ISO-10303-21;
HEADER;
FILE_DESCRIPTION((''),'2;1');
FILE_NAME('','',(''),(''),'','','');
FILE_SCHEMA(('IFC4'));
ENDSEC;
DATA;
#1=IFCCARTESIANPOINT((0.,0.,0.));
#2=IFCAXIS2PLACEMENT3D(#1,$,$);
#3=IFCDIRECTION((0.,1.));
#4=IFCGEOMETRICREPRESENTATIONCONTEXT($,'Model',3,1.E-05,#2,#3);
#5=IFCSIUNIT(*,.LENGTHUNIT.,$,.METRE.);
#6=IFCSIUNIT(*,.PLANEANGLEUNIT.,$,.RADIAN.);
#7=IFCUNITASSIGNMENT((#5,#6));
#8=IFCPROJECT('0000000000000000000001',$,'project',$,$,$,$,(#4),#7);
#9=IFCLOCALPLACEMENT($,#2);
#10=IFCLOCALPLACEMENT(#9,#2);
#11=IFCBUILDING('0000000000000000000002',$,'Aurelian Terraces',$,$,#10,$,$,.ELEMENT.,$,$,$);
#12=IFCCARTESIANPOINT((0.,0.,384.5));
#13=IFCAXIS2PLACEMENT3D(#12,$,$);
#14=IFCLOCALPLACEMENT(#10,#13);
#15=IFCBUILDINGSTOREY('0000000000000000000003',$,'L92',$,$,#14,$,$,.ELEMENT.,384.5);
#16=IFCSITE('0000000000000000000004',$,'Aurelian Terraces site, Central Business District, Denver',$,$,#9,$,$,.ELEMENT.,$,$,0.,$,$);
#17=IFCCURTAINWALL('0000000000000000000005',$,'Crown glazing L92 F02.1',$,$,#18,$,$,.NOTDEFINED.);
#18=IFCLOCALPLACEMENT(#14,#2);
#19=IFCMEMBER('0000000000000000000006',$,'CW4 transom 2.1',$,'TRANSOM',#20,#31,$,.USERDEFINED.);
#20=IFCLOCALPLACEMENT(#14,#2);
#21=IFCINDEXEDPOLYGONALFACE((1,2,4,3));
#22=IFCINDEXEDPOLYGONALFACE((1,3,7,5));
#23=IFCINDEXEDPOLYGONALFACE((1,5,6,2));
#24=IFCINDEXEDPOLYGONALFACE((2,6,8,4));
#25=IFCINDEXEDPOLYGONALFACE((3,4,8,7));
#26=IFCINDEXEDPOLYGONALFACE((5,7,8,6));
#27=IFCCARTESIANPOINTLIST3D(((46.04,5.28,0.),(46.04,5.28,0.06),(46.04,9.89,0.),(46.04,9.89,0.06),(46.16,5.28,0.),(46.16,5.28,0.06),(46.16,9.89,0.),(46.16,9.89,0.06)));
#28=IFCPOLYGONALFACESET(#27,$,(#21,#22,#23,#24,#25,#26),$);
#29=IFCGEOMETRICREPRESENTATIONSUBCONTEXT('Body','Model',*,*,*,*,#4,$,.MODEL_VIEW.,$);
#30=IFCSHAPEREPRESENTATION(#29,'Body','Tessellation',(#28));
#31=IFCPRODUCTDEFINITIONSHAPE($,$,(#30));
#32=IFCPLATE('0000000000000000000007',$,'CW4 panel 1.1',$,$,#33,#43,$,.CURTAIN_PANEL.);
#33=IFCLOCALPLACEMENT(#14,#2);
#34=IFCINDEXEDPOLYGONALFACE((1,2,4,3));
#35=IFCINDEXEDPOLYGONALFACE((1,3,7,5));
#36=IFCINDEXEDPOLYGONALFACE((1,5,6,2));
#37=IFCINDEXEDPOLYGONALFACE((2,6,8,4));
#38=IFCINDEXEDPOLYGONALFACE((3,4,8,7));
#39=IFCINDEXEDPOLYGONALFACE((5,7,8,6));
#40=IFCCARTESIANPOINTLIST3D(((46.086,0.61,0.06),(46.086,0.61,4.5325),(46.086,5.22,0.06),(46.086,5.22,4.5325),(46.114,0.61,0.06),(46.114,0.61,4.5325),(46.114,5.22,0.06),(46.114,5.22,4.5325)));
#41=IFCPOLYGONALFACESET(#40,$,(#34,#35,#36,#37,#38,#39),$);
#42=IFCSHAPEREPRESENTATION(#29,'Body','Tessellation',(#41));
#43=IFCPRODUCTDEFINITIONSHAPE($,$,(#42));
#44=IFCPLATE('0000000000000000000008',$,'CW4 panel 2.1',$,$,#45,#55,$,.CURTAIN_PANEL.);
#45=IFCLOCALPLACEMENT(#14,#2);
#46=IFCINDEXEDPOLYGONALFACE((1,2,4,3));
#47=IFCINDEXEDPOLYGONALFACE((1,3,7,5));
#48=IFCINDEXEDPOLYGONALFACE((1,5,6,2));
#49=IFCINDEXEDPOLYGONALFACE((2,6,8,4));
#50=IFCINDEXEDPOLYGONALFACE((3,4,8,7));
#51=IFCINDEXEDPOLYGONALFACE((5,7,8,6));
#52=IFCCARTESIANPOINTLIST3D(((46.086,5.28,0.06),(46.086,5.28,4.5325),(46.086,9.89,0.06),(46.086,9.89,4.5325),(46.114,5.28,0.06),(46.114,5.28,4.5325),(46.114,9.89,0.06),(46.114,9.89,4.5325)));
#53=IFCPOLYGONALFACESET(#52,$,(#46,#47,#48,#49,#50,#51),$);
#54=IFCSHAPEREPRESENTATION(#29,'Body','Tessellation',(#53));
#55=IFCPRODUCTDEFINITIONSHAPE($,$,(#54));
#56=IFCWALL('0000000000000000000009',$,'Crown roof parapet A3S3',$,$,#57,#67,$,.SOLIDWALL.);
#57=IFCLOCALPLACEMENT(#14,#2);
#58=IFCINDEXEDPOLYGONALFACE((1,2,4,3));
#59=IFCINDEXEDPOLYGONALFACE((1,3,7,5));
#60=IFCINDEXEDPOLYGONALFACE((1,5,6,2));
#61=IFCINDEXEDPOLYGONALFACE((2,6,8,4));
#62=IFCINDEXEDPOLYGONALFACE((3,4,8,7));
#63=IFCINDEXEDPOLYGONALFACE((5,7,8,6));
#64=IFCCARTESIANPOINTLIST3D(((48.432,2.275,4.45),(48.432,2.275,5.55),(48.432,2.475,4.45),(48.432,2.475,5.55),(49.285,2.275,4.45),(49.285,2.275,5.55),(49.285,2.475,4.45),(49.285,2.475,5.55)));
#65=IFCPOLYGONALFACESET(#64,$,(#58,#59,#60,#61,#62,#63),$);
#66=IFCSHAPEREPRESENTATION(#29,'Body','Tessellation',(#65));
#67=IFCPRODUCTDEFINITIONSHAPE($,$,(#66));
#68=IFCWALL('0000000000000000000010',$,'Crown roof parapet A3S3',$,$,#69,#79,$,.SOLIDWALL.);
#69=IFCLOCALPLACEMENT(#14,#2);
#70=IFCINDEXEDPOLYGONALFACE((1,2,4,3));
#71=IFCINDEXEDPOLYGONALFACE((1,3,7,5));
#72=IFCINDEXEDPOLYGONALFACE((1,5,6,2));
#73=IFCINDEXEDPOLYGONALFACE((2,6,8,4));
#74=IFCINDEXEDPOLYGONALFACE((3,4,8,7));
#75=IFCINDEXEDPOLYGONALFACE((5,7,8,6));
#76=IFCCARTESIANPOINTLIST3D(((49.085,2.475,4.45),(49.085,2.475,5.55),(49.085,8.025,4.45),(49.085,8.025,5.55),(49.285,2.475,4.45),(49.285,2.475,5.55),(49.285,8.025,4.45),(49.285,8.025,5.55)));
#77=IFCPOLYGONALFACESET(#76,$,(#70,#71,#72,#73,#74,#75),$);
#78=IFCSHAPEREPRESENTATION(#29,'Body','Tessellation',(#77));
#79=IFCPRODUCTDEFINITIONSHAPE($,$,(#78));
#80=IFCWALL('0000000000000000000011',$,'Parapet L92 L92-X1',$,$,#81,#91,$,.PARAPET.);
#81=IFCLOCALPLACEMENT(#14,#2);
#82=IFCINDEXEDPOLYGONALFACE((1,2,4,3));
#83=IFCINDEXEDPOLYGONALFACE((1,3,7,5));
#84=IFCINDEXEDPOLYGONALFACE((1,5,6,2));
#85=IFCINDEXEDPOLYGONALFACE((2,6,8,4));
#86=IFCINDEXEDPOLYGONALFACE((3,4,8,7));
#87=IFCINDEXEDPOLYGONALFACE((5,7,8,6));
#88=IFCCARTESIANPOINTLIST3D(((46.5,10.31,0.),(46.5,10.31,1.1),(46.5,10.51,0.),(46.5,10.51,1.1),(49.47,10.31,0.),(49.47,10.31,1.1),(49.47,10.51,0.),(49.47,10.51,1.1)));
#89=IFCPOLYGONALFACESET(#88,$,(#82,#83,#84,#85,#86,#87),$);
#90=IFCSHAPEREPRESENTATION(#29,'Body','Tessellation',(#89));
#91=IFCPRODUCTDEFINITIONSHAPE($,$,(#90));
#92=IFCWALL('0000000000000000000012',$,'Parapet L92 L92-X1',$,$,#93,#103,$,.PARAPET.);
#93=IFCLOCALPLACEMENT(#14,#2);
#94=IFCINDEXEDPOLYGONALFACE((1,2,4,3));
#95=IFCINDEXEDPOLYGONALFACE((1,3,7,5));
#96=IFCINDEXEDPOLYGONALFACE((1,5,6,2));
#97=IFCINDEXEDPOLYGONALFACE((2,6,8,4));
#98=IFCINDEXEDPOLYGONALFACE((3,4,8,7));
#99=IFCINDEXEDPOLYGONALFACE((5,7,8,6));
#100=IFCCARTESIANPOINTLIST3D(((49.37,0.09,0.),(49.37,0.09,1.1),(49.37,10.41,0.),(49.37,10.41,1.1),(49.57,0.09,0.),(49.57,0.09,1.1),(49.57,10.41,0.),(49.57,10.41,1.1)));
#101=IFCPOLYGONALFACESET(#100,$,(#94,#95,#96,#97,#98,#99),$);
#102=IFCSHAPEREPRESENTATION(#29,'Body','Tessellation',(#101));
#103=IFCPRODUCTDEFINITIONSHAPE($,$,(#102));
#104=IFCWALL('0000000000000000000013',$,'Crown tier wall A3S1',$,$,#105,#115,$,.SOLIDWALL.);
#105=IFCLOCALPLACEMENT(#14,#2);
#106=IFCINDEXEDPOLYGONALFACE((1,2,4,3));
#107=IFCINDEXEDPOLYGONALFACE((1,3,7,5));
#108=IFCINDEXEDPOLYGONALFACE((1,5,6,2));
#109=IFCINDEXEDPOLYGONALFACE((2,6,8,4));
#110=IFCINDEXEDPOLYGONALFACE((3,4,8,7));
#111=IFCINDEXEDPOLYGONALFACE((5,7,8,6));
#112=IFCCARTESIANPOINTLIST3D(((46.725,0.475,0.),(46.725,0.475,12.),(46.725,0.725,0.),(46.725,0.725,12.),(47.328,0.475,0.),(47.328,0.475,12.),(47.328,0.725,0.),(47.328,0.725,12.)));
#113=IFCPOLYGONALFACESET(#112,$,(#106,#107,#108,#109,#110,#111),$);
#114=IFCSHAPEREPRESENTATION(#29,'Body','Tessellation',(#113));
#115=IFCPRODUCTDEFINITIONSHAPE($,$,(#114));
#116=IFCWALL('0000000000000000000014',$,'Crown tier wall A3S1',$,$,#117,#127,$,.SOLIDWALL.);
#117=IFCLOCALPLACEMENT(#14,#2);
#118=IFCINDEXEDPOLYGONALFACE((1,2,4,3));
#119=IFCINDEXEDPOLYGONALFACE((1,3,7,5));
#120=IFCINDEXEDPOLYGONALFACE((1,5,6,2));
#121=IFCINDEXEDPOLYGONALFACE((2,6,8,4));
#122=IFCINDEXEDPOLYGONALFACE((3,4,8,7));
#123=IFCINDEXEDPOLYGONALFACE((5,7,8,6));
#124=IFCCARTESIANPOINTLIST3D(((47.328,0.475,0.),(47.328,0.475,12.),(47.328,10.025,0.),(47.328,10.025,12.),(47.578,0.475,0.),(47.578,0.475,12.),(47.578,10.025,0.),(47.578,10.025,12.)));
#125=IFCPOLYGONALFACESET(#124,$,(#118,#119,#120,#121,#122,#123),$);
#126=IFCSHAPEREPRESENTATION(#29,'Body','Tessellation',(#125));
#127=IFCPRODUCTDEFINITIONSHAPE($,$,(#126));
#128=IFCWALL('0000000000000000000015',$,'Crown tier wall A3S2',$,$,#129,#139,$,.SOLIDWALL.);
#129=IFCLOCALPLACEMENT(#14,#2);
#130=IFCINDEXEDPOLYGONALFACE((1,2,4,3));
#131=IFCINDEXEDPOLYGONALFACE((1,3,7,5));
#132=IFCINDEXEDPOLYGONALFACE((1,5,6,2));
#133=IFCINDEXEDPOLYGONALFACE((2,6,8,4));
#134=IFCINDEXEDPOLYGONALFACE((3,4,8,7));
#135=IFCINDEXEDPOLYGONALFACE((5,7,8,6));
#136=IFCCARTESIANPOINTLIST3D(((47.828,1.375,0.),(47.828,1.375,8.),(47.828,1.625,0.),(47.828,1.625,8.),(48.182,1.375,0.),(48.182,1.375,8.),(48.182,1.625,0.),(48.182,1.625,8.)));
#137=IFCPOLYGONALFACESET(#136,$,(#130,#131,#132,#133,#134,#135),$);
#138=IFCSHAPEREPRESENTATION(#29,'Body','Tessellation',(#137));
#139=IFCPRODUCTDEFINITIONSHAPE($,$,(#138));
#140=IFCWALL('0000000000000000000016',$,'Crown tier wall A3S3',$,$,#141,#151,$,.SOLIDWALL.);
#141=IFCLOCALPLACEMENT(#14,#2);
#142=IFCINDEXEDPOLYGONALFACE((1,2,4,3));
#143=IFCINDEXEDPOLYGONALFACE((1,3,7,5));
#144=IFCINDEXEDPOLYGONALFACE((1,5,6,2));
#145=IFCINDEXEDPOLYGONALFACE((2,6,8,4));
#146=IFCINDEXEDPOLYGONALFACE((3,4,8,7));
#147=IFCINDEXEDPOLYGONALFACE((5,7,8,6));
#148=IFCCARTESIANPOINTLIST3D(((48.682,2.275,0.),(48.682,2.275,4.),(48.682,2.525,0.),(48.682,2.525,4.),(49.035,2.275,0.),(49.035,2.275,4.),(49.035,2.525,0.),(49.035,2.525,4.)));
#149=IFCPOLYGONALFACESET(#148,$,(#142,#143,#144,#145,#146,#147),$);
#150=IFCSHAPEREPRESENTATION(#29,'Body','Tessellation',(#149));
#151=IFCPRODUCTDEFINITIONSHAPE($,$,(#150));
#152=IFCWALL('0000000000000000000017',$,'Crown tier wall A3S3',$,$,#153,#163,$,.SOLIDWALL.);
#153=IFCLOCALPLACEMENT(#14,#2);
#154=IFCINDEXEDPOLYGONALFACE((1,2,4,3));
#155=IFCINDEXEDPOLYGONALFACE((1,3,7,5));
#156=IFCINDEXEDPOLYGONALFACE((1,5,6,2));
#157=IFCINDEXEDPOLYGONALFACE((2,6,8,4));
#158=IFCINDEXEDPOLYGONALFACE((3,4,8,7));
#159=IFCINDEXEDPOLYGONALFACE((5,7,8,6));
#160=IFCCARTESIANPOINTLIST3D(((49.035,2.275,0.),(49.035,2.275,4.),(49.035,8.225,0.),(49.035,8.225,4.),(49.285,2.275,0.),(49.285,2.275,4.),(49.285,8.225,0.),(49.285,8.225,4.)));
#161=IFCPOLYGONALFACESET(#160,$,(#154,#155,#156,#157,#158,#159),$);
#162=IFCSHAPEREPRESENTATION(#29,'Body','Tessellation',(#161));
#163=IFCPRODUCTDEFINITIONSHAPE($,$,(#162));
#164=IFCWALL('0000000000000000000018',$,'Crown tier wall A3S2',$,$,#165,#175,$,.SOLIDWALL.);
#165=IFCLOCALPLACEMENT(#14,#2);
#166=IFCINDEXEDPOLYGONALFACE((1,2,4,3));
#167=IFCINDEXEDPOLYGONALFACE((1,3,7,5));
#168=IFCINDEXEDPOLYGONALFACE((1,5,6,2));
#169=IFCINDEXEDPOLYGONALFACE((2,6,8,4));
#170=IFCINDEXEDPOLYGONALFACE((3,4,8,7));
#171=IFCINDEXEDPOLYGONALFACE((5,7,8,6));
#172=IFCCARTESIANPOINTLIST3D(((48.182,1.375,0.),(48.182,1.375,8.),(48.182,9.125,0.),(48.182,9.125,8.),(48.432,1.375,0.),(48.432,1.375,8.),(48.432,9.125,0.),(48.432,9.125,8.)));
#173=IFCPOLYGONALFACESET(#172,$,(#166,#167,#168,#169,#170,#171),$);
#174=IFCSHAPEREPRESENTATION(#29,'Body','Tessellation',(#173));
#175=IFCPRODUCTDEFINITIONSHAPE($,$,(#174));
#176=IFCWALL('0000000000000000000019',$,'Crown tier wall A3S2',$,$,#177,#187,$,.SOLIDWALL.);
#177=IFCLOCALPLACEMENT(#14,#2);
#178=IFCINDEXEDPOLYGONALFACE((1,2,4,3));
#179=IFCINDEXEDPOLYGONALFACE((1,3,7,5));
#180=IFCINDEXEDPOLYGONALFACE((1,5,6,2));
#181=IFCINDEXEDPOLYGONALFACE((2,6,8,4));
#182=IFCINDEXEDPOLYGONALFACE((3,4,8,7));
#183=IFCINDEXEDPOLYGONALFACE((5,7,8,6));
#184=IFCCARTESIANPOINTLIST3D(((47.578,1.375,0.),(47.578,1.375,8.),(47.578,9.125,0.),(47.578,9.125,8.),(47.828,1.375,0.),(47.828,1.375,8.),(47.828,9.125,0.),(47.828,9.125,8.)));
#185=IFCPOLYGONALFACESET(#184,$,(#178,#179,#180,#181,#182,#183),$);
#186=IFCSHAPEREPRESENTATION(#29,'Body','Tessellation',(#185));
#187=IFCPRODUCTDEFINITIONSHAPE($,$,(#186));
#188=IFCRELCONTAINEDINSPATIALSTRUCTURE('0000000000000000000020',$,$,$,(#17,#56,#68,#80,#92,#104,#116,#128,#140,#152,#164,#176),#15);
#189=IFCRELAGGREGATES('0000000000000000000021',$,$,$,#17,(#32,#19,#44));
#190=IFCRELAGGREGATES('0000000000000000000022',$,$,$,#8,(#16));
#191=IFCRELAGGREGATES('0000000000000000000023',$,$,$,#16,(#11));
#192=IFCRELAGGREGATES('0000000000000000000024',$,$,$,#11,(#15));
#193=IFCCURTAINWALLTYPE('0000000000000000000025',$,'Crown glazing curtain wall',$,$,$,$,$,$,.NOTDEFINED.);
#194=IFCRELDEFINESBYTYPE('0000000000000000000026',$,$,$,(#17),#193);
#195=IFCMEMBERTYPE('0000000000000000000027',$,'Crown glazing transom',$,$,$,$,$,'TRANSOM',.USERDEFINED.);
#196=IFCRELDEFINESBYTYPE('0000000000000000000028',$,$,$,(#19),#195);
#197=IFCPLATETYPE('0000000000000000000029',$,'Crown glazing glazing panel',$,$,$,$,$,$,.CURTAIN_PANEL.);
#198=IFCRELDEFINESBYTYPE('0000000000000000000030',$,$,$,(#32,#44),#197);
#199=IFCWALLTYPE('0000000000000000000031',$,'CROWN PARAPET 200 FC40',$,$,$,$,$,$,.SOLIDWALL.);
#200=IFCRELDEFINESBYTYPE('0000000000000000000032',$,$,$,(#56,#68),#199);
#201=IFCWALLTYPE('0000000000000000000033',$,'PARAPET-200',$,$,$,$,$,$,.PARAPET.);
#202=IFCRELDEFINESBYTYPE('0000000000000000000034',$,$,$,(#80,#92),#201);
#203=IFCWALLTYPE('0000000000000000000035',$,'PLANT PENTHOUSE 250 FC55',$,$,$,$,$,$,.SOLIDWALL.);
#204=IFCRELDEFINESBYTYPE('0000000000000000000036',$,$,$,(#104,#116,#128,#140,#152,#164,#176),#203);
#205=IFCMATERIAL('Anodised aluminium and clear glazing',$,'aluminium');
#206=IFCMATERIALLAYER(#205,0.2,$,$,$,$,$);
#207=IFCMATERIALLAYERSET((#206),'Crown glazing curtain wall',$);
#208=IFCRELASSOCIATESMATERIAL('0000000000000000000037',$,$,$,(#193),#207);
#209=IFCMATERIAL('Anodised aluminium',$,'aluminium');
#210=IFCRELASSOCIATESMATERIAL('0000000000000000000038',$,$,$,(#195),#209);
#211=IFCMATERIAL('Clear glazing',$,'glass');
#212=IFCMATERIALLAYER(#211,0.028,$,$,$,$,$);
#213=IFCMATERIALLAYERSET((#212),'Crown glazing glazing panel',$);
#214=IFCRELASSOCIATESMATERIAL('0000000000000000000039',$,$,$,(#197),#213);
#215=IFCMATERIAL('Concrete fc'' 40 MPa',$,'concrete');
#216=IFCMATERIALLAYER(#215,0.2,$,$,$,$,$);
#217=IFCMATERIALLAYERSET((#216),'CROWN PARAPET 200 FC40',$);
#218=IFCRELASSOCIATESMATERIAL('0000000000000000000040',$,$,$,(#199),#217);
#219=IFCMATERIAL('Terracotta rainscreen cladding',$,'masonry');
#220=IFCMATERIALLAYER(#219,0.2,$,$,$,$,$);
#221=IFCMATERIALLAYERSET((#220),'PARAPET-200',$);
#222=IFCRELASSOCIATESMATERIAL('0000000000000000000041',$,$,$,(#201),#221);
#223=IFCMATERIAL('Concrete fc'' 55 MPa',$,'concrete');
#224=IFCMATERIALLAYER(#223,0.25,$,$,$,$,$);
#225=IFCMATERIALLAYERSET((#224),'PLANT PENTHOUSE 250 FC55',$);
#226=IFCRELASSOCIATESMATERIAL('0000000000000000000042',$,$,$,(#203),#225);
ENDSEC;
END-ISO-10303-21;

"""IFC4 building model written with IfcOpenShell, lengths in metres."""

from ifc_helpers import new_model, si_unit, direction, frame, frame_2d, origin, origin_2d, place, context, subcontext, project, spatial, rectangle, extrude, source, transform, mapped, material, layer, layer_set, material_profile, profile_set, type_object, element, aggregate, save


model = new_model("IFC4")

# Units and contexts
model_context = context("Model", 3, precision=1e-05, world=origin(), true_north=direction((0.0, 1.0)))
body_context = subcontext(model_context, "Body", "Model", "MODEL_VIEW")
ifc_project = project(units=[si_unit("LENGTHUNIT", "METRE"), si_unit("PLANEANGLEUNIT", "RADIAN")], contexts=[model_context])

# Site, building, storey
site_placement = place(None, origin())
site = spatial("IfcSite", under=ifc_project, at=site_placement, Name="Aurelian Terraces site, Central Business District, Denver", CompositionType="ELEMENT", RefElevation=0.0)
building_placement = place(site_placement, origin())
building = spatial("IfcBuilding", under=site, at=building_placement, Name="Aurelian Terraces", CompositionType="ELEMENT")
storey_placement = place(building_placement, frame((0.0, 0.0, 384.5)))
storey = spatial("IfcBuildingStorey", under=building, at=storey_placement, Name="L92", CompositionType="ELEMENT", Elevation=384.5)

# Curtain wall, member, plates
ifc_material_1 = material(Name="Anodised aluminium and clear glazing", Category="aluminium")
ifc_layer_1 = layer(ifc_material_1, 0.2)
ifc_layer_set_1 = layer_set([ifc_layer_1], Name="Crown glazing curtain wall")
curtain_wall_type = type_object("IfcCurtainWallType", Name="Crown glazing curtain wall", PredefinedType="NOTDEFINED", material=ifc_layer_set_1)
curtain_wall_placement = place(storey_placement, origin())
curtain_wall = element("IfcCurtainWall", 1, at=curtain_wall_placement, inside=storey, type_object=curtain_wall_type, Name="Crown glazing L92 F02.1", PredefinedType="NOTDEFINED")
ifc_material_2 = material(Name="Anodised aluminium", Category="aluminium")
ifc_material_profile = material_profile(ifc_material_2, rectangle(XDim=0.12, YDim=0.06, at=origin_2d()))
ifc_profile_set = profile_set([ifc_material_profile], Name="Anodised aluminium")
member_type = type_object("IfcMemberType", Name="Crown glazing transom", ElementType="TRANSOM", PredefinedType="USERDEFINED", material=ifc_profile_set)
shared_shape_1 = source(origin(), body_context, "Body", "SweptSolid", [
    extrude(rectangle(XDim=0.12, YDim=0.06, at=origin_2d()), origin(), (0.0, 0.0, 1.0), 4.61),
])
member_placement = place(storey_placement, frame((46.1, 5.28, 0.03), z_axis=(0.0, 1.0, 0.0), x_axis=(-1.0, 0.0, 0.0)))
member = element("IfcMember", 2, at=member_placement, type_object=member_type, Name="CW4 transom 2.1", ObjectType="TRANSOM", PredefinedType="USERDEFINED", context=body_context, shape_type="MappedRepresentation", body=[
    mapped(shared_shape_1, transform((0.0, 0.0, 0.0), scale=1.0)),
])
ifc_material_3 = material(Name="Clear glazing", Category="glass")
ifc_layer_2 = layer(ifc_material_3, 0.028)
ifc_layer_set_2 = layer_set([ifc_layer_2], Name="Crown glazing glazing panel")
plate_type = type_object("IfcPlateType", Name="Crown glazing glazing panel", PredefinedType="CURTAIN_PANEL", material=ifc_layer_set_2)
plate_1_placement = place(storey_placement, frame((46.1, 2.915, 0.06), z_axis=(0.0, 0.0, 1.0), x_axis=(0.0, 1.0, 0.0)))
plate_1 = element("IfcPlate", 3, at=plate_1_placement, type_object=plate_type, Name="CW4 panel 1.1", PredefinedType="CURTAIN_PANEL", context=body_context, shape_type="SweptSolid", body=[
    extrude(rectangle(XDim=4.61, YDim=0.028, at=origin_2d()), origin(), (0.0, 0.0, 1.0), 4.4725),
])
shared_shape_2 = source(origin(), body_context, "Body", "SweptSolid", [
    extrude(rectangle(XDim=4.61, YDim=0.028, at=origin_2d()), origin(), (0.0, 0.0, 1.0), 4.4725),
])
plate_2_placement = place(storey_placement, frame((46.1, 7.585, 0.06), z_axis=(0.0, 0.0, 1.0), x_axis=(0.0, 1.0, 0.0)))
plate_2 = element("IfcPlate", 4, at=plate_2_placement, type_object=plate_type, Name="CW4 panel 2.1", PredefinedType="CURTAIN_PANEL", context=body_context, shape_type="MappedRepresentation", body=[
    mapped(shared_shape_2, transform((0.0, 0.0, 0.0), scale=1.0)),
])
aggregate(curtain_wall, [plate_1, member, plate_2])

# Walls
ifc_material_4 = material(Name="Concrete fc' 40 MPa", Category="concrete")
ifc_layer_3 = layer(ifc_material_4, 0.2)
ifc_layer_set_3 = layer_set([ifc_layer_3], Name="CROWN PARAPET 200 FC40")
wall_type_1 = type_object("IfcWallType", Name="CROWN PARAPET 200 FC40", PredefinedType="SOLIDWALL", material=ifc_layer_set_3)
wall_1_placement = place(storey_placement, frame((48.432, 2.375, 4.45), z_axis=(0.0, 0.0, 1.0), x_axis=(1.0, 0.0, 0.0)))
element("IfcWall", 5, at=wall_1_placement, inside=storey, type_object=wall_type_1, Name="Crown roof parapet A3S3", PredefinedType="SOLIDWALL", context=body_context, shape_type="SweptSolid", body=[
    extrude(rectangle(XDim=0.853, YDim=0.2, at=frame_2d((0.4265, 0.0))), origin(), (0.0, 0.0, 1.0), 1.1),
])
wall_2_placement = place(storey_placement, frame((49.185, 2.475, 4.45), z_axis=(0.0, 0.0, 1.0), x_axis=(0.0, 1.0, 0.0)))
element("IfcWall", 6, at=wall_2_placement, inside=storey, type_object=wall_type_1, Name="Crown roof parapet A3S3", PredefinedType="SOLIDWALL", context=body_context, shape_type="SweptSolid", body=[
    extrude(rectangle(XDim=5.55, YDim=0.2, at=frame_2d((2.775, 0.0))), origin(), (0.0, 0.0, 1.0), 1.1),
])
ifc_material_5 = material(Name="Terracotta rainscreen cladding", Category="masonry")
ifc_layer_4 = layer(ifc_material_5, 0.2)
ifc_layer_set_4 = layer_set([ifc_layer_4], Name="PARAPET-200")
wall_type_2 = type_object("IfcWallType", Name="PARAPET-200", PredefinedType="PARAPET", material=ifc_layer_set_4)
wall_3_placement = place(storey_placement, frame((46.5, 10.41, 0.0), z_axis=(0.0, 0.0, 1.0), x_axis=(1.0, 0.0, 0.0)))
element("IfcWall", 7, at=wall_3_placement, inside=storey, type_object=wall_type_2, Name="Parapet L92 L92-X1", PredefinedType="PARAPET", context=body_context, shape_type="SweptSolid", body=[
    extrude(rectangle(XDim=2.97, YDim=0.2, at=frame_2d((1.485, 0.0))), origin(), (0.0, 0.0, 1.0), 1.1),
])
wall_4_placement = place(storey_placement, frame((49.47, 10.41, 0.0), z_axis=(0.0, 0.0, 1.0), x_axis=(0.0, -1.0, 0.0)))
element("IfcWall", 8, at=wall_4_placement, inside=storey, type_object=wall_type_2, Name="Parapet L92 L92-X1", PredefinedType="PARAPET", context=body_context, shape_type="SweptSolid", body=[
    extrude(rectangle(XDim=10.32, YDim=0.2, at=frame_2d((5.16, 0.0))), origin(), (0.0, 0.0, 1.0), 1.1),
])
ifc_material_6 = material(Name="Concrete fc' 55 MPa", Category="concrete")
ifc_layer_5 = layer(ifc_material_6, 0.25)
ifc_layer_set_5 = layer_set([ifc_layer_5], Name="PLANT PENTHOUSE 250 FC55")
wall_type_3 = type_object("IfcWallType", Name="PLANT PENTHOUSE 250 FC55", PredefinedType="SOLIDWALL", material=ifc_layer_set_5)
wall_5_placement = place(storey_placement, frame((46.725, 0.6, 0.0), z_axis=(0.0, 0.0, 1.0), x_axis=(1.0, 0.0, 0.0)))
element("IfcWall", 9, at=wall_5_placement, inside=storey, type_object=wall_type_3, Name="Crown tier wall A3S1", PredefinedType="SOLIDWALL", context=body_context, shape_type="SweptSolid", body=[
    extrude(rectangle(XDim=0.603, YDim=0.25, at=frame_2d((0.3015, 0.0))), origin(), (0.0, 0.0, 1.0), 12.0),
])
wall_6_placement = place(storey_placement, frame((47.453, 0.475, 0.0), z_axis=(0.0, 0.0, 1.0), x_axis=(0.0, 1.0, 0.0)))
element("IfcWall", 10, at=wall_6_placement, inside=storey, type_object=wall_type_3, Name="Crown tier wall A3S1", PredefinedType="SOLIDWALL", context=body_context, shape_type="SweptSolid", body=[
    extrude(rectangle(XDim=9.55, YDim=0.25, at=frame_2d((4.775, 0.0))), origin(), (0.0, 0.0, 1.0), 12.0),
])
wall_7_placement = place(storey_placement, frame((47.828, 1.5, 0.0), z_axis=(0.0, 0.0, 1.0), x_axis=(1.0, 0.0, 0.0)))
element("IfcWall", 11, at=wall_7_placement, inside=storey, type_object=wall_type_3, Name="Crown tier wall A3S2", PredefinedType="SOLIDWALL", context=body_context, shape_type="SweptSolid", body=[
    extrude(rectangle(XDim=0.354, YDim=0.25, at=frame_2d((0.177, 0.0))), origin(), (0.0, 0.0, 1.0), 8.0),
])
wall_8_placement = place(storey_placement, frame((48.682, 2.4, 0.0), z_axis=(0.0, 0.0, 1.0), x_axis=(1.0, 0.0, 0.0)))
element("IfcWall", 12, at=wall_8_placement, inside=storey, type_object=wall_type_3, Name="Crown tier wall A3S3", PredefinedType="SOLIDWALL", context=body_context, shape_type="SweptSolid", body=[
    extrude(rectangle(XDim=0.353, YDim=0.25, at=frame_2d((0.1765, 0.0))), origin(), (0.0, 0.0, 1.0), 4.0),
])
wall_9_placement = place(storey_placement, frame((49.16, 2.275, 0.0), z_axis=(0.0, 0.0, 1.0), x_axis=(0.0, 1.0, 0.0)))
element("IfcWall", 13, at=wall_9_placement, inside=storey, type_object=wall_type_3, Name="Crown tier wall A3S3", PredefinedType="SOLIDWALL", context=body_context, shape_type="SweptSolid", body=[
    extrude(rectangle(XDim=5.95, YDim=0.25, at=frame_2d((2.975, 0.0))), origin(), (0.0, 0.0, 1.0), 4.0),
])
shared_shape_3 = source(origin(), body_context, "Body", "SweptSolid", [
    extrude(rectangle(XDim=7.75, YDim=0.25, at=frame_2d((3.875, 0.0))), origin(), (0.0, 0.0, 1.0), 8.0),
])
for number, where, z_axis, x_axis, name in (
    (14, (48.307, 1.375, 0.0), (0.0, 0.0, 1.0), (0.0, 1.0, 0.0), "Crown tier wall A3S2"),
    (15, (47.703, 9.125, 0.0), (0.0, 0.0, 1.0), (0.0, -1.0, 0.0), "Crown tier wall A3S2"),
):
    element("IfcWall", number, at=place(storey_placement, frame(where, z_axis=z_axis, x_axis=x_axis)), inside=storey, type_object=wall_type_3, Name=name, PredefinedType="SOLIDWALL", context=body_context, shape_type="MappedRepresentation", body=[
        mapped(shared_shape_3, transform((0.0, 0.0, 0.0), scale=1.0)),
    ])

save(model, "model.ifc")
